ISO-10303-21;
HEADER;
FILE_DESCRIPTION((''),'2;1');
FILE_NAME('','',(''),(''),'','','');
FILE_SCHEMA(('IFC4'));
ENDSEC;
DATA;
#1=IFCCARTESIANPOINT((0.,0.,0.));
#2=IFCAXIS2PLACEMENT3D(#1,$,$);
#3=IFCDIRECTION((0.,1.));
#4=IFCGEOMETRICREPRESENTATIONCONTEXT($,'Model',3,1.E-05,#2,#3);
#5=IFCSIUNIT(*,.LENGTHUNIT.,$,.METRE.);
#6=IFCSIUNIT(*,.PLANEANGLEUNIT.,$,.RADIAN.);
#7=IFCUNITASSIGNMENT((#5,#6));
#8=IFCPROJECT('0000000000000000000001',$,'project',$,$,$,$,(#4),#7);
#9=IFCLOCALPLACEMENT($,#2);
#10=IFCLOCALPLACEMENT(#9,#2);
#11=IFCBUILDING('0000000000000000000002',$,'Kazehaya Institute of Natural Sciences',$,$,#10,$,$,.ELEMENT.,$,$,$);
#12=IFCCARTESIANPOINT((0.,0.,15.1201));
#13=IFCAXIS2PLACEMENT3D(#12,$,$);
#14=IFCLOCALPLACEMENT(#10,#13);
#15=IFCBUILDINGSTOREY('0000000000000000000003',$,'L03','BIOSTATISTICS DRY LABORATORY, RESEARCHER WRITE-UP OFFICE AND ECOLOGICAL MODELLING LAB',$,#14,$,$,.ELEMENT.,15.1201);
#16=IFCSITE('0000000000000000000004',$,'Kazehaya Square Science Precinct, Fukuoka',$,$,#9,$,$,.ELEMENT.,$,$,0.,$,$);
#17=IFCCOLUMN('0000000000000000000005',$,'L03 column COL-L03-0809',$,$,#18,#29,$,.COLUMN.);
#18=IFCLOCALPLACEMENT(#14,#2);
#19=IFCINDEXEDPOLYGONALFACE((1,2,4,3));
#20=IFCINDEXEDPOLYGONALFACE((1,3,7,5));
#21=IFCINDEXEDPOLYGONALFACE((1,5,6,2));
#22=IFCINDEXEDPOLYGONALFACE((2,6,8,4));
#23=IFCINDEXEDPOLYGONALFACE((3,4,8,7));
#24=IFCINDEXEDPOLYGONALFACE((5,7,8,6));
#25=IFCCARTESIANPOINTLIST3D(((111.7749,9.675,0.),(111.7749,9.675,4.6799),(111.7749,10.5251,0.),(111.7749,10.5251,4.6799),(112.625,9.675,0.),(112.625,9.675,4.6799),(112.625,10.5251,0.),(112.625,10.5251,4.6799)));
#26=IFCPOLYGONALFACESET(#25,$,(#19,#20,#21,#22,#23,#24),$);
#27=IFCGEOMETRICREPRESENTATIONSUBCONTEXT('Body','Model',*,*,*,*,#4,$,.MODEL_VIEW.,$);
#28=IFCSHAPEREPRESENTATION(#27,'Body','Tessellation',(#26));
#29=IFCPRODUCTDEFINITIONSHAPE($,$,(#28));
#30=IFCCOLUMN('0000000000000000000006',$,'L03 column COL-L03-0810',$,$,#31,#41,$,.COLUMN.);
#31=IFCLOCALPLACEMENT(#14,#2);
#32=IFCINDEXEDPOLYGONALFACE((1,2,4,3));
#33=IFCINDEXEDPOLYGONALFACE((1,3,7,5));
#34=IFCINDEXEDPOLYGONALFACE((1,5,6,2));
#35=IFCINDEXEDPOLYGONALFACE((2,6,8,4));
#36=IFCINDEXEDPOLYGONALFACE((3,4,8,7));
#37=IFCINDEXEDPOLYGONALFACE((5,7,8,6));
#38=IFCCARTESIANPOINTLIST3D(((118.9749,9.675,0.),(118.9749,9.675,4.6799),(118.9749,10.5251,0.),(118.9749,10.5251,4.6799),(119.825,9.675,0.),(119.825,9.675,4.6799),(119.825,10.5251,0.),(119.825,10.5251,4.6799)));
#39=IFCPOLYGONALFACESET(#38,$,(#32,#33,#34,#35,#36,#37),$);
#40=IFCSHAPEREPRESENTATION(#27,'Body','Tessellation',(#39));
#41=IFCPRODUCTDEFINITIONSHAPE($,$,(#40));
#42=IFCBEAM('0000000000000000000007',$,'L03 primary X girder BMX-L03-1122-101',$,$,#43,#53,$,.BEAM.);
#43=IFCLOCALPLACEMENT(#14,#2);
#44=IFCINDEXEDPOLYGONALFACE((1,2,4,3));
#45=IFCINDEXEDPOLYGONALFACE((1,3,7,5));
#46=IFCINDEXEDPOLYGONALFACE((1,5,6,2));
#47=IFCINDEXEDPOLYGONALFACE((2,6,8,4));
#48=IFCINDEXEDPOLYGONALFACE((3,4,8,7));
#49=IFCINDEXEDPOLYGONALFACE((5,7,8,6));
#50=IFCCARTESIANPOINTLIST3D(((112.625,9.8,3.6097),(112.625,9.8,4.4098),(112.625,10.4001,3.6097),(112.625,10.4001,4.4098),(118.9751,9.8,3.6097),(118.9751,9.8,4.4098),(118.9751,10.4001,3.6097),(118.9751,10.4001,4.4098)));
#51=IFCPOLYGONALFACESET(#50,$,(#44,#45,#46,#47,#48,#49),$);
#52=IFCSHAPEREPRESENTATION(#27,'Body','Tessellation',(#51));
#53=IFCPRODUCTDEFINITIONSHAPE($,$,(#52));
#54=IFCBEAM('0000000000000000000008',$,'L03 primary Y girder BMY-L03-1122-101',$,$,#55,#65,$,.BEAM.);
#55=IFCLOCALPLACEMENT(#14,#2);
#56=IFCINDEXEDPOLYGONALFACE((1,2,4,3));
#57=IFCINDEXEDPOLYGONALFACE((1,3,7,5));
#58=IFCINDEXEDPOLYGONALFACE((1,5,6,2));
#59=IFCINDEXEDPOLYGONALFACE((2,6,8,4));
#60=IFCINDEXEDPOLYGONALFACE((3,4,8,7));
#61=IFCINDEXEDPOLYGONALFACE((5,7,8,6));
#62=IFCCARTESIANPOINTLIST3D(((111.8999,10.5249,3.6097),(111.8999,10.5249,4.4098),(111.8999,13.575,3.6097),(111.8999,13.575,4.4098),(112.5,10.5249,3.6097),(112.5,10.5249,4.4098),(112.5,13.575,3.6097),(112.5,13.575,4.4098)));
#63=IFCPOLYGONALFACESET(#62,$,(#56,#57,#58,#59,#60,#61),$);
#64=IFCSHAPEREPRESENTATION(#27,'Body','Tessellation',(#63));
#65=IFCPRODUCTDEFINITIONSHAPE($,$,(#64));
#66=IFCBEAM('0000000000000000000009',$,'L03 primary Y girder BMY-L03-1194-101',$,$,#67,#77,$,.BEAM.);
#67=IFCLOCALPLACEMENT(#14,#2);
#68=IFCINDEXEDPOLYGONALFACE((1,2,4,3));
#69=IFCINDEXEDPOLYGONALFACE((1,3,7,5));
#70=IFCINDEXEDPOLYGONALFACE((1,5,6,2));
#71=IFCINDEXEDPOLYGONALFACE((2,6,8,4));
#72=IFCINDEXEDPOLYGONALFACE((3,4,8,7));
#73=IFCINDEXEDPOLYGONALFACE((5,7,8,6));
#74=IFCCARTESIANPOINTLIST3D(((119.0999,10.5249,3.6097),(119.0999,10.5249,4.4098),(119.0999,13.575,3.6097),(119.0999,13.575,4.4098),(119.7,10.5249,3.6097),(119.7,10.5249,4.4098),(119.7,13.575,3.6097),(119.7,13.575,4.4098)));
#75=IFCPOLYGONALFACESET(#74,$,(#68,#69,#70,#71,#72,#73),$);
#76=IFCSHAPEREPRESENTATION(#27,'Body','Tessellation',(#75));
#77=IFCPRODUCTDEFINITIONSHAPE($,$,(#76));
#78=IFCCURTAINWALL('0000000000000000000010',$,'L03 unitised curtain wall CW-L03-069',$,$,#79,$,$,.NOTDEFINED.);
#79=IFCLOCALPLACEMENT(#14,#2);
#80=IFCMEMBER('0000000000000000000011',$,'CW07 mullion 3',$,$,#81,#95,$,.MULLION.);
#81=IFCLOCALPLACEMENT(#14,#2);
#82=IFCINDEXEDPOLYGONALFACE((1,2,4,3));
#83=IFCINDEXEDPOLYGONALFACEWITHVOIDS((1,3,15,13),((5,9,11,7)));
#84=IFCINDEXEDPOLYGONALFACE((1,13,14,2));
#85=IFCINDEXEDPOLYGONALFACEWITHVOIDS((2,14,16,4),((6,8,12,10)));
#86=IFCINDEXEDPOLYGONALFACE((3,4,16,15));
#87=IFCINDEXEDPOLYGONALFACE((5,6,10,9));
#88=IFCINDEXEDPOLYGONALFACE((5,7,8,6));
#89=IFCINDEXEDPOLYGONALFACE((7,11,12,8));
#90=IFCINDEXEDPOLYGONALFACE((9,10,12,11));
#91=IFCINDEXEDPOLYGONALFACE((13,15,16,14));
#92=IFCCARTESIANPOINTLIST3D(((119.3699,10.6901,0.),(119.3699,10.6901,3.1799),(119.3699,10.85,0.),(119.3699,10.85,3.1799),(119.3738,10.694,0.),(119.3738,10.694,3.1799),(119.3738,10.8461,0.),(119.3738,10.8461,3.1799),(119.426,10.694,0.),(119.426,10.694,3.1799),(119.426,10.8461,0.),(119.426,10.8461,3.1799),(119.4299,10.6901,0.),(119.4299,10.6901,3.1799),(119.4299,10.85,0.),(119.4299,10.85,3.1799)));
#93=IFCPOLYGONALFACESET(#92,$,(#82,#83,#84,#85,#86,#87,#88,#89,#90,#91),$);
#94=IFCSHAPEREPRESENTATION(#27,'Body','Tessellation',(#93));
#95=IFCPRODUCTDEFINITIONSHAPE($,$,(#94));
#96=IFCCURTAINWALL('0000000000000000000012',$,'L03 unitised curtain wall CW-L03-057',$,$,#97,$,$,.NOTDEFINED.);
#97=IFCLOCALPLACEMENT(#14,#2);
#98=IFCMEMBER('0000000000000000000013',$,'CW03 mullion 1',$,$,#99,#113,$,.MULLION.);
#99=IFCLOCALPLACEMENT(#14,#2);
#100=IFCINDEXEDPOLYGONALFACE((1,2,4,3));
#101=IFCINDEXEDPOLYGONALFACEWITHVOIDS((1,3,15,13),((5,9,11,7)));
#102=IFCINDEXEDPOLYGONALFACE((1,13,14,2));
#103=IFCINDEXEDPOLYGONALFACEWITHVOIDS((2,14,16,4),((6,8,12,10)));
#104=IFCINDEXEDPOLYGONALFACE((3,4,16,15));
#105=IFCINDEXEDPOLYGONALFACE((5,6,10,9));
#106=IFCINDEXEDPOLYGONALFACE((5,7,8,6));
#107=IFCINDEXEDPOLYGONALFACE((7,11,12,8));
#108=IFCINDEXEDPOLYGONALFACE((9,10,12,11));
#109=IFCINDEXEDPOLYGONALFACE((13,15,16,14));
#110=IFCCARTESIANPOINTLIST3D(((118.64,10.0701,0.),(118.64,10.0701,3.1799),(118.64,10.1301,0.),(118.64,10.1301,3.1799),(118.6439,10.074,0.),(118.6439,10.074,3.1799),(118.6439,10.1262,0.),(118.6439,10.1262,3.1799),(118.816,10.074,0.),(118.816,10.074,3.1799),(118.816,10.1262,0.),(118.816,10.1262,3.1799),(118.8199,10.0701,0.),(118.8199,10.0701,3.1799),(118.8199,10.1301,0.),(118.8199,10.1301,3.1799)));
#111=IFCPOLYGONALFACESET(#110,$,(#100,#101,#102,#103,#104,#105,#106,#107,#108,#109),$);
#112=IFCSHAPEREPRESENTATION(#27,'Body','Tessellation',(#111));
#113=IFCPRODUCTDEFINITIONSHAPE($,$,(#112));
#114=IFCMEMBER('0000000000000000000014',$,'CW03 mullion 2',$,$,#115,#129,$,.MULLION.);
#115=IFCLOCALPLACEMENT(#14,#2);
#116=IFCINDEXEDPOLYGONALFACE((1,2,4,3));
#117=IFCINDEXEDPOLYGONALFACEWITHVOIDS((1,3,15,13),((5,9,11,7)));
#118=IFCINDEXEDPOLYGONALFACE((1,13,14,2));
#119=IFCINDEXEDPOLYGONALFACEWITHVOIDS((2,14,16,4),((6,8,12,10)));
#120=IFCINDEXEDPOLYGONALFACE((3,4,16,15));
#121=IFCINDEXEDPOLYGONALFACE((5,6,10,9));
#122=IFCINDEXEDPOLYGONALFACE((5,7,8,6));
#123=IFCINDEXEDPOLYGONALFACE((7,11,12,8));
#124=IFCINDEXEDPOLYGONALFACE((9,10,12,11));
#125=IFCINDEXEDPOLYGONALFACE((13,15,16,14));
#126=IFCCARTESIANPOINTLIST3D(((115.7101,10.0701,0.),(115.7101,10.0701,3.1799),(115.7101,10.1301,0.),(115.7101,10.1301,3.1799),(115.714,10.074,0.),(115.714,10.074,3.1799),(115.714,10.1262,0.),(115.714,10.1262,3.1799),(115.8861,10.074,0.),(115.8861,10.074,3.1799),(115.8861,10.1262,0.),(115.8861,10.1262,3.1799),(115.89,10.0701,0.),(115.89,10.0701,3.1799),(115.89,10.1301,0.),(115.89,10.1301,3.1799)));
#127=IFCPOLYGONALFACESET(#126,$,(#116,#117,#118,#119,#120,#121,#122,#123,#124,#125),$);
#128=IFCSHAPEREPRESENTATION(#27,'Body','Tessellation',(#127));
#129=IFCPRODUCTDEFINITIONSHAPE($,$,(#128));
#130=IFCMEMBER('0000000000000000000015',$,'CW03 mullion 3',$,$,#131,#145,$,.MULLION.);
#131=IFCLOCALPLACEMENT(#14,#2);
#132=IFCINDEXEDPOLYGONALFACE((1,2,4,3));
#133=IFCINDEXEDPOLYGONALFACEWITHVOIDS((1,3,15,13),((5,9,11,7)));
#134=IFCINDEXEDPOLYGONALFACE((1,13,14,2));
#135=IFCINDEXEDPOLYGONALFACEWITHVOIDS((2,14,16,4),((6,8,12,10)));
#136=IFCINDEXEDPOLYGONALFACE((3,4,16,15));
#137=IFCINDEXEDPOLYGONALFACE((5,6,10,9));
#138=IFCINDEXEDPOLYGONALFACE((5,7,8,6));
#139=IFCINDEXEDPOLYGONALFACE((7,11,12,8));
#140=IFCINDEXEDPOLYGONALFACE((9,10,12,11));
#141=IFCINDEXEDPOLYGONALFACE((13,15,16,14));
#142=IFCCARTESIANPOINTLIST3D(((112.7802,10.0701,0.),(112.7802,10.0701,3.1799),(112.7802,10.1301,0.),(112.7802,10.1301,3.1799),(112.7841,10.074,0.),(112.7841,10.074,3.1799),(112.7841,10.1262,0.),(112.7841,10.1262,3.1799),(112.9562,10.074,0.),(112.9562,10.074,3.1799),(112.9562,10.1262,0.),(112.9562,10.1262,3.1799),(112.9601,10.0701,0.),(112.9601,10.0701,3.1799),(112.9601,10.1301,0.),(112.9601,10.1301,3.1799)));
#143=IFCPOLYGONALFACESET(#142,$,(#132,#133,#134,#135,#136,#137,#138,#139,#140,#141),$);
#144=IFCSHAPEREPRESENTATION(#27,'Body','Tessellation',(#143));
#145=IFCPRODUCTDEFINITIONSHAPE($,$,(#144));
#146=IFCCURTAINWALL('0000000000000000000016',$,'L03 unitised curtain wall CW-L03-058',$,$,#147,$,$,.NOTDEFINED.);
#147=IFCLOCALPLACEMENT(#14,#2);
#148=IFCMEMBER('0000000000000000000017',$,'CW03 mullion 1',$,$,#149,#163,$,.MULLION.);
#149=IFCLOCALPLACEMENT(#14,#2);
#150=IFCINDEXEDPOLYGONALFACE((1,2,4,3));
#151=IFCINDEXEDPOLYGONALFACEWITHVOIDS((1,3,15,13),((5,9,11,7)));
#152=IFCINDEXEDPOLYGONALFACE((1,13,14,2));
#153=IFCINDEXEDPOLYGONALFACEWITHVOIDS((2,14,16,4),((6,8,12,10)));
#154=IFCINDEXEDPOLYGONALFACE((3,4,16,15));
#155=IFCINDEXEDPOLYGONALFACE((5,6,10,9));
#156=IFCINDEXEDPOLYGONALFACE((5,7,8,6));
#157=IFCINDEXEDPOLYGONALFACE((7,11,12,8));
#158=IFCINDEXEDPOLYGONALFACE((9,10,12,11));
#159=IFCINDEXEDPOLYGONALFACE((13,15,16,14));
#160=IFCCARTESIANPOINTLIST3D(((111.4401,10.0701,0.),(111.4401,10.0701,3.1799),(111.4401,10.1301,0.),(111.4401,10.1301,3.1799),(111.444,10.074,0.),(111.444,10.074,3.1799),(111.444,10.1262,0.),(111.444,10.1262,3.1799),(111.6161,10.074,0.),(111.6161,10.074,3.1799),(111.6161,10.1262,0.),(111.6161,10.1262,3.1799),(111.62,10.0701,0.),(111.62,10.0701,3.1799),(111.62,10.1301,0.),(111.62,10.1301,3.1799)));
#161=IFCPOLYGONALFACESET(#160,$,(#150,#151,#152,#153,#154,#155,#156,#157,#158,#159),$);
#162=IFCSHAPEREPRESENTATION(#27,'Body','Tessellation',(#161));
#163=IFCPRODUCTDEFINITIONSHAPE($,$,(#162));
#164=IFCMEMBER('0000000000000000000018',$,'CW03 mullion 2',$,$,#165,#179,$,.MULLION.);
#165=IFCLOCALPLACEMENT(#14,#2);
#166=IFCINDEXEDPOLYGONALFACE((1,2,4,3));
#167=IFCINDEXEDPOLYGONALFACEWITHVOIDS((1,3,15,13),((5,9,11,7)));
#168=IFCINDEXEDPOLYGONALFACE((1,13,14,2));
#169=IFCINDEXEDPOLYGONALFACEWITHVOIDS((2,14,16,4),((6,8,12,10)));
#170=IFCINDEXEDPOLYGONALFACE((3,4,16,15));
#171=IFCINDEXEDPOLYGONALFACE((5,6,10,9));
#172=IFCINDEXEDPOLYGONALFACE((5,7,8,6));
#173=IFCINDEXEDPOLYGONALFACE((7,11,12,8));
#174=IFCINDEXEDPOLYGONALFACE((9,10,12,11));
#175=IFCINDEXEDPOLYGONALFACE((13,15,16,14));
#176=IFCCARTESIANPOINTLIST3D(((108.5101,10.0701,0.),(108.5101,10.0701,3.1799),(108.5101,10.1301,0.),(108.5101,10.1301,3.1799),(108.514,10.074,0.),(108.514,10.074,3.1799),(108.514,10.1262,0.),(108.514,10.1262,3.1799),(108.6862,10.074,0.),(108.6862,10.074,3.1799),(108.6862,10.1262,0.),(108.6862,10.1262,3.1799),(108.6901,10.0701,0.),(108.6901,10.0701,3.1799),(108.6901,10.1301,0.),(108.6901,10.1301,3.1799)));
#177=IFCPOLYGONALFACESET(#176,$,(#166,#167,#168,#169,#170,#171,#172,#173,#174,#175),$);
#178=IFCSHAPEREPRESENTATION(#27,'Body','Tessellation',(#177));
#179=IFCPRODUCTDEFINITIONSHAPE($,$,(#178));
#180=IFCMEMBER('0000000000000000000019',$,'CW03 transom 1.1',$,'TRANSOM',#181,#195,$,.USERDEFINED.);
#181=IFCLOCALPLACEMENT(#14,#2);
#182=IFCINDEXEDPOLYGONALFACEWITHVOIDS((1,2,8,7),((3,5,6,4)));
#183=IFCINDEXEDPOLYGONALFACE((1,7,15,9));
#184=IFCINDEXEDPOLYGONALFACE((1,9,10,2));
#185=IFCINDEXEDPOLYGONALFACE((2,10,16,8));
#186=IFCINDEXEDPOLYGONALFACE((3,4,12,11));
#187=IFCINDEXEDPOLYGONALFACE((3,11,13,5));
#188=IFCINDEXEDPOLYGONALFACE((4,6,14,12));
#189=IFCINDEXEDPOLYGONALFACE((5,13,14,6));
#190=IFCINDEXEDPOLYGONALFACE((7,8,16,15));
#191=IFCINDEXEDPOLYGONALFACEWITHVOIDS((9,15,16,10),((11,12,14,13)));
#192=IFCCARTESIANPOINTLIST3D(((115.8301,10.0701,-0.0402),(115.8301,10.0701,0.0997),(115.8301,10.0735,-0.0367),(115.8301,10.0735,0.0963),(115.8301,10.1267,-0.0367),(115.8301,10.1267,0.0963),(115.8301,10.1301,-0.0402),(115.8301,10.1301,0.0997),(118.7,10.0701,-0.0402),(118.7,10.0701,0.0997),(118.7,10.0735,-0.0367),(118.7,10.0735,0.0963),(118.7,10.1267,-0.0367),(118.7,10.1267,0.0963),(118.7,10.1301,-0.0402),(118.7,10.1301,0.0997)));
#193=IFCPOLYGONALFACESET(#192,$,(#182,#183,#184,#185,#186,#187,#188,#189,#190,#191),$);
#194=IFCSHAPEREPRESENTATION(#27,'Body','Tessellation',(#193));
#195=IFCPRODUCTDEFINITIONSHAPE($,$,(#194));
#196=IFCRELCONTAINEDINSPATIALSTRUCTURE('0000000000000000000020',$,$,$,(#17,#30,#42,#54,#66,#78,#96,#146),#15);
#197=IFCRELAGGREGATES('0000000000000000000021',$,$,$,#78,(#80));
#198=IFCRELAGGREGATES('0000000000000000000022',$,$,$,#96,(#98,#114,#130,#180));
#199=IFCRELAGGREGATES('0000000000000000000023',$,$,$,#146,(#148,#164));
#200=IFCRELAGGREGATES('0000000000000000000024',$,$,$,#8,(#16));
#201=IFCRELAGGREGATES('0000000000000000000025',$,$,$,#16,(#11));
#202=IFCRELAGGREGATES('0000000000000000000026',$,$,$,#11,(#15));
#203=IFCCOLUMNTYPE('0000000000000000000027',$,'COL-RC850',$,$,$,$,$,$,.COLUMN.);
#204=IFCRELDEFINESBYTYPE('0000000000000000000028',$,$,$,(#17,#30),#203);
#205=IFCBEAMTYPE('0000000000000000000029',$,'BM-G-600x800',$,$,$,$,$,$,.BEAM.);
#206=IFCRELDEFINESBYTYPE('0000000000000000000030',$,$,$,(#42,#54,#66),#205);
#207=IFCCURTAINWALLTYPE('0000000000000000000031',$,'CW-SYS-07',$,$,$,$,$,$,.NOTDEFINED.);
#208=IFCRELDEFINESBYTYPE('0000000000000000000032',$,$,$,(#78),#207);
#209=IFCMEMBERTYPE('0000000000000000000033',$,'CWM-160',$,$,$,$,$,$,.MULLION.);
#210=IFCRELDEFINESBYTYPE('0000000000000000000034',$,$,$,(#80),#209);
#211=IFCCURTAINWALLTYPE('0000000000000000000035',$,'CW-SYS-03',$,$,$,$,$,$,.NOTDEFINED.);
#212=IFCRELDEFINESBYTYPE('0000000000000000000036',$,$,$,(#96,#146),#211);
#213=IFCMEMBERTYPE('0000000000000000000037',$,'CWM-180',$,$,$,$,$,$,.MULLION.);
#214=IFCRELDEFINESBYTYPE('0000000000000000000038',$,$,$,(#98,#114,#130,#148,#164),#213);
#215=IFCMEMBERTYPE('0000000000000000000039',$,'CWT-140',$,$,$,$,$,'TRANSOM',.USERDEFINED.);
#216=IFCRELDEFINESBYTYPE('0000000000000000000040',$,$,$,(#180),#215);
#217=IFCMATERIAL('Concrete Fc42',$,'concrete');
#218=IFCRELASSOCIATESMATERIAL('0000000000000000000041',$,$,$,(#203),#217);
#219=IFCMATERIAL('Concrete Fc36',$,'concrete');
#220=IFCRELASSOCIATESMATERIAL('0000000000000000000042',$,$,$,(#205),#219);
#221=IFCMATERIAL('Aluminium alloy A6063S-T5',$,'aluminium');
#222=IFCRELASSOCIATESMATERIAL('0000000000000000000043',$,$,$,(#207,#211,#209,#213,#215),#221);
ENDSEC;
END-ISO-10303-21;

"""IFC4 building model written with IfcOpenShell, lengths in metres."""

from ifc_helpers import new_model, si_unit, direction, frame, origin, origin_2d, place, context, subcontext, project, spatial, rectangle, hollow_rectangle, extrude, material, material_profile, profile_set, type_object, element, aggregate, save


model = new_model("IFC4")

# Units and contexts
model_context = context("Model", 3, precision=1e-05, world=origin(), true_north=direction((0.0, 1.0)))
body_context = subcontext(model_context, "Body", "Model", "MODEL_VIEW")
ifc_project = project(units=[si_unit("LENGTHUNIT", "METRE"), si_unit("PLANEANGLEUNIT", "RADIAN")], contexts=[model_context])

# Site, building, storey
site_placement = place(None, origin())
site = spatial("IfcSite", under=ifc_project, at=site_placement, Name="Kazehaya Square Science Precinct, Fukuoka", CompositionType="ELEMENT", RefElevation=0.0)
building_placement = place(site_placement, origin())
building = spatial("IfcBuilding", under=site, at=building_placement, Name="Kazehaya Institute of Natural Sciences", CompositionType="ELEMENT")
storey_placement = place(building_placement, frame((0.0, 0.0, 15.1201)))
storey = spatial("IfcBuildingStorey", under=building, at=storey_placement, Name="L03", Description="BIOSTATISTICS DRY LABORATORY, RESEARCHER WRITE-UP OFFICE AND ECOLOGICAL MODELLING LAB", CompositionType="ELEMENT", Elevation=15.1201)

# Columns
ifc_material_1 = material(Name="Concrete Fc42", Category="concrete")
ifc_material_profile_1 = material_profile(ifc_material_1, rectangle(XDim=0.8501, YDim=0.8501, at=origin_2d()), Name="RC-850x850")
ifc_profile_set_1 = profile_set([ifc_material_profile_1], Name="Concrete Fc42")
column_type = type_object("IfcColumnType", Name="COL-RC850", PredefinedType="COLUMN", material=ifc_profile_set_1)
for number, where, z_axis, x_axis, name in (
    (1, (112.2, 10.1001, 0.0), (0.0, 0.0, 1.0), (1.0, 0.0, 0.0), "L03 column COL-L03-0809"),
    (2, (119.3999, 10.1001, 0.0), (0.0, 0.0, 1.0), (1.0, 0.0, 0.0), "L03 column COL-L03-0810"),
):
    element("IfcColumn", number, at=place(storey_placement, frame(where, z_axis=z_axis, x_axis=x_axis)), inside=storey, type_object=column_type, Name=name, PredefinedType="COLUMN", context=body_context, shape_type="SweptSolid", body=[
        extrude(rectangle(XDim=0.8501, YDim=0.8501, at=origin_2d()), origin(), (0.0, 0.0, 1.0), 4.6799),
    ])

# Beams
ifc_material_2 = material(Name="Concrete Fc36", Category="concrete")
ifc_material_profile_2 = material_profile(ifc_material_2, rectangle(XDim=0.6001, YDim=0.8, at=origin_2d()), Name="RC-600x800")
ifc_profile_set_2 = profile_set([ifc_material_profile_2], Name="Concrete Fc36")
beam_type = type_object("IfcBeamType", Name="BM-G-600x800", PredefinedType="BEAM", material=ifc_profile_set_2)
beam_placement = place(storey_placement, frame((112.625, 10.1001, 4.0098), z_axis=(1.0, 0.0, 0.0), x_axis=(0.0, 1.0, 0.0)))
element("IfcBeam", 3, at=beam_placement, inside=storey, type_object=beam_type, Name="L03 primary X girder BMX-L03-1122-101", PredefinedType="BEAM", context=body_context, shape_type="SweptSolid", body=[
    extrude(rectangle(XDim=0.6001, YDim=0.8, at=origin_2d()), origin(), (0.0, 0.0, 1.0), 6.3501),
])
for number, where, z_axis, x_axis, name in (
    (4, (112.2, 10.5249, 4.0098), (0.0, 1.0, 0.0), (-1.0, 0.0, 0.0), "L03 primary Y girder BMY-L03-1122-101"),
    (5, (119.3999, 10.5249, 4.0098), (0.0, 1.0, 0.0), (-1.0, 0.0, 0.0), "L03 primary Y girder BMY-L03-1194-101"),
):
    element("IfcBeam", number, at=place(storey_placement, frame(where, z_axis=z_axis, x_axis=x_axis)), inside=storey, type_object=beam_type, Name=name, PredefinedType="BEAM", context=body_context, shape_type="SweptSolid", body=[
        extrude(rectangle(XDim=0.6001, YDim=0.8, at=origin_2d()), origin(), (0.0, 0.0, 1.0), 3.05),
    ])

# Curtain wall, member
ifc_material_3 = material(Name="Aluminium alloy A6063S-T5", Category="aluminium")
curtain_wall_type_1 = type_object("IfcCurtainWallType", Name="CW-SYS-07", PredefinedType="NOTDEFINED", material=ifc_material_3)
curtain_wall_1_placement = place(storey_placement, origin())
curtain_wall_1 = element("IfcCurtainWall", 6, at=curtain_wall_1_placement, inside=storey, type_object=curtain_wall_type_1, Name="L03 unitised curtain wall CW-L03-069", PredefinedType="NOTDEFINED")
ifc_material_profile_3 = material_profile(ifc_material_3, hollow_rectangle(XDim=0.0601, YDim=0.1599, WallThickness=0.0039, at=origin_2d()), Name="ALU-60x160x4")
ifc_profile_set_3 = profile_set([ifc_material_profile_3], Name="Aluminium alloy A6063S-T5")
member_type_1 = type_object("IfcMemberType", Name="CWM-160", PredefinedType="MULLION", material=ifc_profile_set_3)
member_1_placement = place(storey_placement, frame((119.3999, 10.77, 0.0), z_axis=(0.0, 0.0, 1.0), x_axis=(1.0, 0.0, 0.0)))
member_1 = element("IfcMember", 7, at=member_1_placement, type_object=member_type_1, Name="CW07 mullion 3", PredefinedType="MULLION", context=body_context, shape_type="SweptSolid", body=[
    extrude(hollow_rectangle(XDim=0.0601, YDim=0.1599, WallThickness=0.0039, at=origin_2d()), origin(), (0.0, 0.0, 1.0), 3.1799),
])
aggregate(curtain_wall_1, [member_1])

# Curtain walls, members
curtain_wall_type_2 = type_object("IfcCurtainWallType", Name="CW-SYS-03", PredefinedType="NOTDEFINED", material=ifc_material_3)
curtain_wall_2_placement = place(storey_placement, origin())
curtain_wall_2 = element("IfcCurtainWall", 8, at=curtain_wall_2_placement, inside=storey, type_object=curtain_wall_type_2, Name="L03 unitised curtain wall CW-L03-057", PredefinedType="NOTDEFINED")
ifc_material_profile_4 = material_profile(ifc_material_3, hollow_rectangle(XDim=0.0601, YDim=0.1799, WallThickness=0.0039, at=origin_2d()), Name="ALU-60x180x4")
ifc_profile_set_4 = profile_set([ifc_material_profile_4], Name="Aluminium alloy A6063S-T5")
member_type_2 = type_object("IfcMemberType", Name="CWM-180", PredefinedType="MULLION", material=ifc_profile_set_4)
member_2_placement = place(storey_placement, frame((118.73, 10.1001, 0.0), z_axis=(0.0, 0.0, 1.0), x_axis=(0.0, -1.0, 0.0)))
member_2 = element("IfcMember", 9, at=member_2_placement, type_object=member_type_2, Name="CW03 mullion 1", PredefinedType="MULLION", context=body_context, shape_type="SweptSolid", body=[
    extrude(hollow_rectangle(XDim=0.0601, YDim=0.1799, WallThickness=0.0039, at=origin_2d()), origin(), (0.0, 0.0, 1.0), 3.1799),
])
member_3_placement = place(storey_placement, frame((115.8, 10.1001, 0.0), z_axis=(0.0, 0.0, 1.0), x_axis=(0.0, -1.0, 0.0)))
member_3 = element("IfcMember", 10, at=member_3_placement, type_object=member_type_2, Name="CW03 mullion 2", PredefinedType="MULLION", context=body_context, shape_type="SweptSolid", body=[
    extrude(hollow_rectangle(XDim=0.0601, YDim=0.1799, WallThickness=0.0039, at=origin_2d()), origin(), (0.0, 0.0, 1.0), 3.1799),
])
member_4_placement = place(storey_placement, frame((112.8701, 10.1001, 0.0), z_axis=(0.0, 0.0, 1.0), x_axis=(0.0, -1.0, 0.0)))
member_4 = element("IfcMember", 11, at=member_4_placement, type_object=member_type_2, Name="CW03 mullion 3", PredefinedType="MULLION", context=body_context, shape_type="SweptSolid", body=[
    extrude(hollow_rectangle(XDim=0.0601, YDim=0.1799, WallThickness=0.0039, at=origin_2d()), origin(), (0.0, 0.0, 1.0), 3.1799),
])
curtain_wall_3_placement = place(storey_placement, origin())
curtain_wall_3 = element("IfcCurtainWall", 12, at=curtain_wall_3_placement, inside=storey, type_object=curtain_wall_type_2, Name="L03 unitised curtain wall CW-L03-058", PredefinedType="NOTDEFINED")
member_5_placement = place(storey_placement, frame((111.53, 10.1001, 0.0), z_axis=(0.0, 0.0, 1.0), x_axis=(0.0, -1.0, 0.0)))
member_5 = element("IfcMember", 13, at=member_5_placement, type_object=member_type_2, Name="CW03 mullion 1", PredefinedType="MULLION", context=body_context, shape_type="SweptSolid", body=[
    extrude(hollow_rectangle(XDim=0.0601, YDim=0.1799, WallThickness=0.0039, at=origin_2d()), origin(), (0.0, 0.0, 1.0), 3.1799),
])
member_6_placement = place(storey_placement, frame((108.6001, 10.1001, 0.0), z_axis=(0.0, 0.0, 1.0), x_axis=(0.0, -1.0, 0.0)))
member_6 = element("IfcMember", 14, at=member_6_placement, type_object=member_type_2, Name="CW03 mullion 2", PredefinedType="MULLION", context=body_context, shape_type="SweptSolid", body=[
    extrude(hollow_rectangle(XDim=0.0601, YDim=0.1799, WallThickness=0.0039, at=origin_2d()), origin(), (0.0, 0.0, 1.0), 3.1799),
])

# Member
ifc_material_profile_5 = material_profile(ifc_material_3, hollow_rectangle(XDim=0.0601, YDim=0.1399, WallThickness=0.0034, at=origin_2d()), Name="ALU-60x140x3.5")
ifc_profile_set_5 = profile_set([ifc_material_profile_5], Name="Aluminium alloy A6063S-T5")
member_type_3 = type_object("IfcMemberType", Name="CWT-140", ElementType="TRANSOM", PredefinedType="USERDEFINED", material=ifc_profile_set_5)
member_7_placement = place(storey_placement, frame((118.7, 10.1001, 0.0298), z_axis=(-1.0, 0.0, 0.0), x_axis=(0.0, -1.0, 0.0)))
member_7 = element("IfcMember", 15, at=member_7_placement, type_object=member_type_3, Name="CW03 transom 1.1", ObjectType="TRANSOM", PredefinedType="USERDEFINED", context=body_context, shape_type="SweptSolid", body=[
    extrude(hollow_rectangle(XDim=0.0601, YDim=0.1399, WallThickness=0.0034, at=origin_2d()), origin(), (0.0, 0.0, 1.0), 2.8699),
])

aggregate(curtain_wall_2, [member_2, member_3, member_4, member_7])
aggregate(curtain_wall_3, [member_5, member_6])

save(model, "model.ifc")
